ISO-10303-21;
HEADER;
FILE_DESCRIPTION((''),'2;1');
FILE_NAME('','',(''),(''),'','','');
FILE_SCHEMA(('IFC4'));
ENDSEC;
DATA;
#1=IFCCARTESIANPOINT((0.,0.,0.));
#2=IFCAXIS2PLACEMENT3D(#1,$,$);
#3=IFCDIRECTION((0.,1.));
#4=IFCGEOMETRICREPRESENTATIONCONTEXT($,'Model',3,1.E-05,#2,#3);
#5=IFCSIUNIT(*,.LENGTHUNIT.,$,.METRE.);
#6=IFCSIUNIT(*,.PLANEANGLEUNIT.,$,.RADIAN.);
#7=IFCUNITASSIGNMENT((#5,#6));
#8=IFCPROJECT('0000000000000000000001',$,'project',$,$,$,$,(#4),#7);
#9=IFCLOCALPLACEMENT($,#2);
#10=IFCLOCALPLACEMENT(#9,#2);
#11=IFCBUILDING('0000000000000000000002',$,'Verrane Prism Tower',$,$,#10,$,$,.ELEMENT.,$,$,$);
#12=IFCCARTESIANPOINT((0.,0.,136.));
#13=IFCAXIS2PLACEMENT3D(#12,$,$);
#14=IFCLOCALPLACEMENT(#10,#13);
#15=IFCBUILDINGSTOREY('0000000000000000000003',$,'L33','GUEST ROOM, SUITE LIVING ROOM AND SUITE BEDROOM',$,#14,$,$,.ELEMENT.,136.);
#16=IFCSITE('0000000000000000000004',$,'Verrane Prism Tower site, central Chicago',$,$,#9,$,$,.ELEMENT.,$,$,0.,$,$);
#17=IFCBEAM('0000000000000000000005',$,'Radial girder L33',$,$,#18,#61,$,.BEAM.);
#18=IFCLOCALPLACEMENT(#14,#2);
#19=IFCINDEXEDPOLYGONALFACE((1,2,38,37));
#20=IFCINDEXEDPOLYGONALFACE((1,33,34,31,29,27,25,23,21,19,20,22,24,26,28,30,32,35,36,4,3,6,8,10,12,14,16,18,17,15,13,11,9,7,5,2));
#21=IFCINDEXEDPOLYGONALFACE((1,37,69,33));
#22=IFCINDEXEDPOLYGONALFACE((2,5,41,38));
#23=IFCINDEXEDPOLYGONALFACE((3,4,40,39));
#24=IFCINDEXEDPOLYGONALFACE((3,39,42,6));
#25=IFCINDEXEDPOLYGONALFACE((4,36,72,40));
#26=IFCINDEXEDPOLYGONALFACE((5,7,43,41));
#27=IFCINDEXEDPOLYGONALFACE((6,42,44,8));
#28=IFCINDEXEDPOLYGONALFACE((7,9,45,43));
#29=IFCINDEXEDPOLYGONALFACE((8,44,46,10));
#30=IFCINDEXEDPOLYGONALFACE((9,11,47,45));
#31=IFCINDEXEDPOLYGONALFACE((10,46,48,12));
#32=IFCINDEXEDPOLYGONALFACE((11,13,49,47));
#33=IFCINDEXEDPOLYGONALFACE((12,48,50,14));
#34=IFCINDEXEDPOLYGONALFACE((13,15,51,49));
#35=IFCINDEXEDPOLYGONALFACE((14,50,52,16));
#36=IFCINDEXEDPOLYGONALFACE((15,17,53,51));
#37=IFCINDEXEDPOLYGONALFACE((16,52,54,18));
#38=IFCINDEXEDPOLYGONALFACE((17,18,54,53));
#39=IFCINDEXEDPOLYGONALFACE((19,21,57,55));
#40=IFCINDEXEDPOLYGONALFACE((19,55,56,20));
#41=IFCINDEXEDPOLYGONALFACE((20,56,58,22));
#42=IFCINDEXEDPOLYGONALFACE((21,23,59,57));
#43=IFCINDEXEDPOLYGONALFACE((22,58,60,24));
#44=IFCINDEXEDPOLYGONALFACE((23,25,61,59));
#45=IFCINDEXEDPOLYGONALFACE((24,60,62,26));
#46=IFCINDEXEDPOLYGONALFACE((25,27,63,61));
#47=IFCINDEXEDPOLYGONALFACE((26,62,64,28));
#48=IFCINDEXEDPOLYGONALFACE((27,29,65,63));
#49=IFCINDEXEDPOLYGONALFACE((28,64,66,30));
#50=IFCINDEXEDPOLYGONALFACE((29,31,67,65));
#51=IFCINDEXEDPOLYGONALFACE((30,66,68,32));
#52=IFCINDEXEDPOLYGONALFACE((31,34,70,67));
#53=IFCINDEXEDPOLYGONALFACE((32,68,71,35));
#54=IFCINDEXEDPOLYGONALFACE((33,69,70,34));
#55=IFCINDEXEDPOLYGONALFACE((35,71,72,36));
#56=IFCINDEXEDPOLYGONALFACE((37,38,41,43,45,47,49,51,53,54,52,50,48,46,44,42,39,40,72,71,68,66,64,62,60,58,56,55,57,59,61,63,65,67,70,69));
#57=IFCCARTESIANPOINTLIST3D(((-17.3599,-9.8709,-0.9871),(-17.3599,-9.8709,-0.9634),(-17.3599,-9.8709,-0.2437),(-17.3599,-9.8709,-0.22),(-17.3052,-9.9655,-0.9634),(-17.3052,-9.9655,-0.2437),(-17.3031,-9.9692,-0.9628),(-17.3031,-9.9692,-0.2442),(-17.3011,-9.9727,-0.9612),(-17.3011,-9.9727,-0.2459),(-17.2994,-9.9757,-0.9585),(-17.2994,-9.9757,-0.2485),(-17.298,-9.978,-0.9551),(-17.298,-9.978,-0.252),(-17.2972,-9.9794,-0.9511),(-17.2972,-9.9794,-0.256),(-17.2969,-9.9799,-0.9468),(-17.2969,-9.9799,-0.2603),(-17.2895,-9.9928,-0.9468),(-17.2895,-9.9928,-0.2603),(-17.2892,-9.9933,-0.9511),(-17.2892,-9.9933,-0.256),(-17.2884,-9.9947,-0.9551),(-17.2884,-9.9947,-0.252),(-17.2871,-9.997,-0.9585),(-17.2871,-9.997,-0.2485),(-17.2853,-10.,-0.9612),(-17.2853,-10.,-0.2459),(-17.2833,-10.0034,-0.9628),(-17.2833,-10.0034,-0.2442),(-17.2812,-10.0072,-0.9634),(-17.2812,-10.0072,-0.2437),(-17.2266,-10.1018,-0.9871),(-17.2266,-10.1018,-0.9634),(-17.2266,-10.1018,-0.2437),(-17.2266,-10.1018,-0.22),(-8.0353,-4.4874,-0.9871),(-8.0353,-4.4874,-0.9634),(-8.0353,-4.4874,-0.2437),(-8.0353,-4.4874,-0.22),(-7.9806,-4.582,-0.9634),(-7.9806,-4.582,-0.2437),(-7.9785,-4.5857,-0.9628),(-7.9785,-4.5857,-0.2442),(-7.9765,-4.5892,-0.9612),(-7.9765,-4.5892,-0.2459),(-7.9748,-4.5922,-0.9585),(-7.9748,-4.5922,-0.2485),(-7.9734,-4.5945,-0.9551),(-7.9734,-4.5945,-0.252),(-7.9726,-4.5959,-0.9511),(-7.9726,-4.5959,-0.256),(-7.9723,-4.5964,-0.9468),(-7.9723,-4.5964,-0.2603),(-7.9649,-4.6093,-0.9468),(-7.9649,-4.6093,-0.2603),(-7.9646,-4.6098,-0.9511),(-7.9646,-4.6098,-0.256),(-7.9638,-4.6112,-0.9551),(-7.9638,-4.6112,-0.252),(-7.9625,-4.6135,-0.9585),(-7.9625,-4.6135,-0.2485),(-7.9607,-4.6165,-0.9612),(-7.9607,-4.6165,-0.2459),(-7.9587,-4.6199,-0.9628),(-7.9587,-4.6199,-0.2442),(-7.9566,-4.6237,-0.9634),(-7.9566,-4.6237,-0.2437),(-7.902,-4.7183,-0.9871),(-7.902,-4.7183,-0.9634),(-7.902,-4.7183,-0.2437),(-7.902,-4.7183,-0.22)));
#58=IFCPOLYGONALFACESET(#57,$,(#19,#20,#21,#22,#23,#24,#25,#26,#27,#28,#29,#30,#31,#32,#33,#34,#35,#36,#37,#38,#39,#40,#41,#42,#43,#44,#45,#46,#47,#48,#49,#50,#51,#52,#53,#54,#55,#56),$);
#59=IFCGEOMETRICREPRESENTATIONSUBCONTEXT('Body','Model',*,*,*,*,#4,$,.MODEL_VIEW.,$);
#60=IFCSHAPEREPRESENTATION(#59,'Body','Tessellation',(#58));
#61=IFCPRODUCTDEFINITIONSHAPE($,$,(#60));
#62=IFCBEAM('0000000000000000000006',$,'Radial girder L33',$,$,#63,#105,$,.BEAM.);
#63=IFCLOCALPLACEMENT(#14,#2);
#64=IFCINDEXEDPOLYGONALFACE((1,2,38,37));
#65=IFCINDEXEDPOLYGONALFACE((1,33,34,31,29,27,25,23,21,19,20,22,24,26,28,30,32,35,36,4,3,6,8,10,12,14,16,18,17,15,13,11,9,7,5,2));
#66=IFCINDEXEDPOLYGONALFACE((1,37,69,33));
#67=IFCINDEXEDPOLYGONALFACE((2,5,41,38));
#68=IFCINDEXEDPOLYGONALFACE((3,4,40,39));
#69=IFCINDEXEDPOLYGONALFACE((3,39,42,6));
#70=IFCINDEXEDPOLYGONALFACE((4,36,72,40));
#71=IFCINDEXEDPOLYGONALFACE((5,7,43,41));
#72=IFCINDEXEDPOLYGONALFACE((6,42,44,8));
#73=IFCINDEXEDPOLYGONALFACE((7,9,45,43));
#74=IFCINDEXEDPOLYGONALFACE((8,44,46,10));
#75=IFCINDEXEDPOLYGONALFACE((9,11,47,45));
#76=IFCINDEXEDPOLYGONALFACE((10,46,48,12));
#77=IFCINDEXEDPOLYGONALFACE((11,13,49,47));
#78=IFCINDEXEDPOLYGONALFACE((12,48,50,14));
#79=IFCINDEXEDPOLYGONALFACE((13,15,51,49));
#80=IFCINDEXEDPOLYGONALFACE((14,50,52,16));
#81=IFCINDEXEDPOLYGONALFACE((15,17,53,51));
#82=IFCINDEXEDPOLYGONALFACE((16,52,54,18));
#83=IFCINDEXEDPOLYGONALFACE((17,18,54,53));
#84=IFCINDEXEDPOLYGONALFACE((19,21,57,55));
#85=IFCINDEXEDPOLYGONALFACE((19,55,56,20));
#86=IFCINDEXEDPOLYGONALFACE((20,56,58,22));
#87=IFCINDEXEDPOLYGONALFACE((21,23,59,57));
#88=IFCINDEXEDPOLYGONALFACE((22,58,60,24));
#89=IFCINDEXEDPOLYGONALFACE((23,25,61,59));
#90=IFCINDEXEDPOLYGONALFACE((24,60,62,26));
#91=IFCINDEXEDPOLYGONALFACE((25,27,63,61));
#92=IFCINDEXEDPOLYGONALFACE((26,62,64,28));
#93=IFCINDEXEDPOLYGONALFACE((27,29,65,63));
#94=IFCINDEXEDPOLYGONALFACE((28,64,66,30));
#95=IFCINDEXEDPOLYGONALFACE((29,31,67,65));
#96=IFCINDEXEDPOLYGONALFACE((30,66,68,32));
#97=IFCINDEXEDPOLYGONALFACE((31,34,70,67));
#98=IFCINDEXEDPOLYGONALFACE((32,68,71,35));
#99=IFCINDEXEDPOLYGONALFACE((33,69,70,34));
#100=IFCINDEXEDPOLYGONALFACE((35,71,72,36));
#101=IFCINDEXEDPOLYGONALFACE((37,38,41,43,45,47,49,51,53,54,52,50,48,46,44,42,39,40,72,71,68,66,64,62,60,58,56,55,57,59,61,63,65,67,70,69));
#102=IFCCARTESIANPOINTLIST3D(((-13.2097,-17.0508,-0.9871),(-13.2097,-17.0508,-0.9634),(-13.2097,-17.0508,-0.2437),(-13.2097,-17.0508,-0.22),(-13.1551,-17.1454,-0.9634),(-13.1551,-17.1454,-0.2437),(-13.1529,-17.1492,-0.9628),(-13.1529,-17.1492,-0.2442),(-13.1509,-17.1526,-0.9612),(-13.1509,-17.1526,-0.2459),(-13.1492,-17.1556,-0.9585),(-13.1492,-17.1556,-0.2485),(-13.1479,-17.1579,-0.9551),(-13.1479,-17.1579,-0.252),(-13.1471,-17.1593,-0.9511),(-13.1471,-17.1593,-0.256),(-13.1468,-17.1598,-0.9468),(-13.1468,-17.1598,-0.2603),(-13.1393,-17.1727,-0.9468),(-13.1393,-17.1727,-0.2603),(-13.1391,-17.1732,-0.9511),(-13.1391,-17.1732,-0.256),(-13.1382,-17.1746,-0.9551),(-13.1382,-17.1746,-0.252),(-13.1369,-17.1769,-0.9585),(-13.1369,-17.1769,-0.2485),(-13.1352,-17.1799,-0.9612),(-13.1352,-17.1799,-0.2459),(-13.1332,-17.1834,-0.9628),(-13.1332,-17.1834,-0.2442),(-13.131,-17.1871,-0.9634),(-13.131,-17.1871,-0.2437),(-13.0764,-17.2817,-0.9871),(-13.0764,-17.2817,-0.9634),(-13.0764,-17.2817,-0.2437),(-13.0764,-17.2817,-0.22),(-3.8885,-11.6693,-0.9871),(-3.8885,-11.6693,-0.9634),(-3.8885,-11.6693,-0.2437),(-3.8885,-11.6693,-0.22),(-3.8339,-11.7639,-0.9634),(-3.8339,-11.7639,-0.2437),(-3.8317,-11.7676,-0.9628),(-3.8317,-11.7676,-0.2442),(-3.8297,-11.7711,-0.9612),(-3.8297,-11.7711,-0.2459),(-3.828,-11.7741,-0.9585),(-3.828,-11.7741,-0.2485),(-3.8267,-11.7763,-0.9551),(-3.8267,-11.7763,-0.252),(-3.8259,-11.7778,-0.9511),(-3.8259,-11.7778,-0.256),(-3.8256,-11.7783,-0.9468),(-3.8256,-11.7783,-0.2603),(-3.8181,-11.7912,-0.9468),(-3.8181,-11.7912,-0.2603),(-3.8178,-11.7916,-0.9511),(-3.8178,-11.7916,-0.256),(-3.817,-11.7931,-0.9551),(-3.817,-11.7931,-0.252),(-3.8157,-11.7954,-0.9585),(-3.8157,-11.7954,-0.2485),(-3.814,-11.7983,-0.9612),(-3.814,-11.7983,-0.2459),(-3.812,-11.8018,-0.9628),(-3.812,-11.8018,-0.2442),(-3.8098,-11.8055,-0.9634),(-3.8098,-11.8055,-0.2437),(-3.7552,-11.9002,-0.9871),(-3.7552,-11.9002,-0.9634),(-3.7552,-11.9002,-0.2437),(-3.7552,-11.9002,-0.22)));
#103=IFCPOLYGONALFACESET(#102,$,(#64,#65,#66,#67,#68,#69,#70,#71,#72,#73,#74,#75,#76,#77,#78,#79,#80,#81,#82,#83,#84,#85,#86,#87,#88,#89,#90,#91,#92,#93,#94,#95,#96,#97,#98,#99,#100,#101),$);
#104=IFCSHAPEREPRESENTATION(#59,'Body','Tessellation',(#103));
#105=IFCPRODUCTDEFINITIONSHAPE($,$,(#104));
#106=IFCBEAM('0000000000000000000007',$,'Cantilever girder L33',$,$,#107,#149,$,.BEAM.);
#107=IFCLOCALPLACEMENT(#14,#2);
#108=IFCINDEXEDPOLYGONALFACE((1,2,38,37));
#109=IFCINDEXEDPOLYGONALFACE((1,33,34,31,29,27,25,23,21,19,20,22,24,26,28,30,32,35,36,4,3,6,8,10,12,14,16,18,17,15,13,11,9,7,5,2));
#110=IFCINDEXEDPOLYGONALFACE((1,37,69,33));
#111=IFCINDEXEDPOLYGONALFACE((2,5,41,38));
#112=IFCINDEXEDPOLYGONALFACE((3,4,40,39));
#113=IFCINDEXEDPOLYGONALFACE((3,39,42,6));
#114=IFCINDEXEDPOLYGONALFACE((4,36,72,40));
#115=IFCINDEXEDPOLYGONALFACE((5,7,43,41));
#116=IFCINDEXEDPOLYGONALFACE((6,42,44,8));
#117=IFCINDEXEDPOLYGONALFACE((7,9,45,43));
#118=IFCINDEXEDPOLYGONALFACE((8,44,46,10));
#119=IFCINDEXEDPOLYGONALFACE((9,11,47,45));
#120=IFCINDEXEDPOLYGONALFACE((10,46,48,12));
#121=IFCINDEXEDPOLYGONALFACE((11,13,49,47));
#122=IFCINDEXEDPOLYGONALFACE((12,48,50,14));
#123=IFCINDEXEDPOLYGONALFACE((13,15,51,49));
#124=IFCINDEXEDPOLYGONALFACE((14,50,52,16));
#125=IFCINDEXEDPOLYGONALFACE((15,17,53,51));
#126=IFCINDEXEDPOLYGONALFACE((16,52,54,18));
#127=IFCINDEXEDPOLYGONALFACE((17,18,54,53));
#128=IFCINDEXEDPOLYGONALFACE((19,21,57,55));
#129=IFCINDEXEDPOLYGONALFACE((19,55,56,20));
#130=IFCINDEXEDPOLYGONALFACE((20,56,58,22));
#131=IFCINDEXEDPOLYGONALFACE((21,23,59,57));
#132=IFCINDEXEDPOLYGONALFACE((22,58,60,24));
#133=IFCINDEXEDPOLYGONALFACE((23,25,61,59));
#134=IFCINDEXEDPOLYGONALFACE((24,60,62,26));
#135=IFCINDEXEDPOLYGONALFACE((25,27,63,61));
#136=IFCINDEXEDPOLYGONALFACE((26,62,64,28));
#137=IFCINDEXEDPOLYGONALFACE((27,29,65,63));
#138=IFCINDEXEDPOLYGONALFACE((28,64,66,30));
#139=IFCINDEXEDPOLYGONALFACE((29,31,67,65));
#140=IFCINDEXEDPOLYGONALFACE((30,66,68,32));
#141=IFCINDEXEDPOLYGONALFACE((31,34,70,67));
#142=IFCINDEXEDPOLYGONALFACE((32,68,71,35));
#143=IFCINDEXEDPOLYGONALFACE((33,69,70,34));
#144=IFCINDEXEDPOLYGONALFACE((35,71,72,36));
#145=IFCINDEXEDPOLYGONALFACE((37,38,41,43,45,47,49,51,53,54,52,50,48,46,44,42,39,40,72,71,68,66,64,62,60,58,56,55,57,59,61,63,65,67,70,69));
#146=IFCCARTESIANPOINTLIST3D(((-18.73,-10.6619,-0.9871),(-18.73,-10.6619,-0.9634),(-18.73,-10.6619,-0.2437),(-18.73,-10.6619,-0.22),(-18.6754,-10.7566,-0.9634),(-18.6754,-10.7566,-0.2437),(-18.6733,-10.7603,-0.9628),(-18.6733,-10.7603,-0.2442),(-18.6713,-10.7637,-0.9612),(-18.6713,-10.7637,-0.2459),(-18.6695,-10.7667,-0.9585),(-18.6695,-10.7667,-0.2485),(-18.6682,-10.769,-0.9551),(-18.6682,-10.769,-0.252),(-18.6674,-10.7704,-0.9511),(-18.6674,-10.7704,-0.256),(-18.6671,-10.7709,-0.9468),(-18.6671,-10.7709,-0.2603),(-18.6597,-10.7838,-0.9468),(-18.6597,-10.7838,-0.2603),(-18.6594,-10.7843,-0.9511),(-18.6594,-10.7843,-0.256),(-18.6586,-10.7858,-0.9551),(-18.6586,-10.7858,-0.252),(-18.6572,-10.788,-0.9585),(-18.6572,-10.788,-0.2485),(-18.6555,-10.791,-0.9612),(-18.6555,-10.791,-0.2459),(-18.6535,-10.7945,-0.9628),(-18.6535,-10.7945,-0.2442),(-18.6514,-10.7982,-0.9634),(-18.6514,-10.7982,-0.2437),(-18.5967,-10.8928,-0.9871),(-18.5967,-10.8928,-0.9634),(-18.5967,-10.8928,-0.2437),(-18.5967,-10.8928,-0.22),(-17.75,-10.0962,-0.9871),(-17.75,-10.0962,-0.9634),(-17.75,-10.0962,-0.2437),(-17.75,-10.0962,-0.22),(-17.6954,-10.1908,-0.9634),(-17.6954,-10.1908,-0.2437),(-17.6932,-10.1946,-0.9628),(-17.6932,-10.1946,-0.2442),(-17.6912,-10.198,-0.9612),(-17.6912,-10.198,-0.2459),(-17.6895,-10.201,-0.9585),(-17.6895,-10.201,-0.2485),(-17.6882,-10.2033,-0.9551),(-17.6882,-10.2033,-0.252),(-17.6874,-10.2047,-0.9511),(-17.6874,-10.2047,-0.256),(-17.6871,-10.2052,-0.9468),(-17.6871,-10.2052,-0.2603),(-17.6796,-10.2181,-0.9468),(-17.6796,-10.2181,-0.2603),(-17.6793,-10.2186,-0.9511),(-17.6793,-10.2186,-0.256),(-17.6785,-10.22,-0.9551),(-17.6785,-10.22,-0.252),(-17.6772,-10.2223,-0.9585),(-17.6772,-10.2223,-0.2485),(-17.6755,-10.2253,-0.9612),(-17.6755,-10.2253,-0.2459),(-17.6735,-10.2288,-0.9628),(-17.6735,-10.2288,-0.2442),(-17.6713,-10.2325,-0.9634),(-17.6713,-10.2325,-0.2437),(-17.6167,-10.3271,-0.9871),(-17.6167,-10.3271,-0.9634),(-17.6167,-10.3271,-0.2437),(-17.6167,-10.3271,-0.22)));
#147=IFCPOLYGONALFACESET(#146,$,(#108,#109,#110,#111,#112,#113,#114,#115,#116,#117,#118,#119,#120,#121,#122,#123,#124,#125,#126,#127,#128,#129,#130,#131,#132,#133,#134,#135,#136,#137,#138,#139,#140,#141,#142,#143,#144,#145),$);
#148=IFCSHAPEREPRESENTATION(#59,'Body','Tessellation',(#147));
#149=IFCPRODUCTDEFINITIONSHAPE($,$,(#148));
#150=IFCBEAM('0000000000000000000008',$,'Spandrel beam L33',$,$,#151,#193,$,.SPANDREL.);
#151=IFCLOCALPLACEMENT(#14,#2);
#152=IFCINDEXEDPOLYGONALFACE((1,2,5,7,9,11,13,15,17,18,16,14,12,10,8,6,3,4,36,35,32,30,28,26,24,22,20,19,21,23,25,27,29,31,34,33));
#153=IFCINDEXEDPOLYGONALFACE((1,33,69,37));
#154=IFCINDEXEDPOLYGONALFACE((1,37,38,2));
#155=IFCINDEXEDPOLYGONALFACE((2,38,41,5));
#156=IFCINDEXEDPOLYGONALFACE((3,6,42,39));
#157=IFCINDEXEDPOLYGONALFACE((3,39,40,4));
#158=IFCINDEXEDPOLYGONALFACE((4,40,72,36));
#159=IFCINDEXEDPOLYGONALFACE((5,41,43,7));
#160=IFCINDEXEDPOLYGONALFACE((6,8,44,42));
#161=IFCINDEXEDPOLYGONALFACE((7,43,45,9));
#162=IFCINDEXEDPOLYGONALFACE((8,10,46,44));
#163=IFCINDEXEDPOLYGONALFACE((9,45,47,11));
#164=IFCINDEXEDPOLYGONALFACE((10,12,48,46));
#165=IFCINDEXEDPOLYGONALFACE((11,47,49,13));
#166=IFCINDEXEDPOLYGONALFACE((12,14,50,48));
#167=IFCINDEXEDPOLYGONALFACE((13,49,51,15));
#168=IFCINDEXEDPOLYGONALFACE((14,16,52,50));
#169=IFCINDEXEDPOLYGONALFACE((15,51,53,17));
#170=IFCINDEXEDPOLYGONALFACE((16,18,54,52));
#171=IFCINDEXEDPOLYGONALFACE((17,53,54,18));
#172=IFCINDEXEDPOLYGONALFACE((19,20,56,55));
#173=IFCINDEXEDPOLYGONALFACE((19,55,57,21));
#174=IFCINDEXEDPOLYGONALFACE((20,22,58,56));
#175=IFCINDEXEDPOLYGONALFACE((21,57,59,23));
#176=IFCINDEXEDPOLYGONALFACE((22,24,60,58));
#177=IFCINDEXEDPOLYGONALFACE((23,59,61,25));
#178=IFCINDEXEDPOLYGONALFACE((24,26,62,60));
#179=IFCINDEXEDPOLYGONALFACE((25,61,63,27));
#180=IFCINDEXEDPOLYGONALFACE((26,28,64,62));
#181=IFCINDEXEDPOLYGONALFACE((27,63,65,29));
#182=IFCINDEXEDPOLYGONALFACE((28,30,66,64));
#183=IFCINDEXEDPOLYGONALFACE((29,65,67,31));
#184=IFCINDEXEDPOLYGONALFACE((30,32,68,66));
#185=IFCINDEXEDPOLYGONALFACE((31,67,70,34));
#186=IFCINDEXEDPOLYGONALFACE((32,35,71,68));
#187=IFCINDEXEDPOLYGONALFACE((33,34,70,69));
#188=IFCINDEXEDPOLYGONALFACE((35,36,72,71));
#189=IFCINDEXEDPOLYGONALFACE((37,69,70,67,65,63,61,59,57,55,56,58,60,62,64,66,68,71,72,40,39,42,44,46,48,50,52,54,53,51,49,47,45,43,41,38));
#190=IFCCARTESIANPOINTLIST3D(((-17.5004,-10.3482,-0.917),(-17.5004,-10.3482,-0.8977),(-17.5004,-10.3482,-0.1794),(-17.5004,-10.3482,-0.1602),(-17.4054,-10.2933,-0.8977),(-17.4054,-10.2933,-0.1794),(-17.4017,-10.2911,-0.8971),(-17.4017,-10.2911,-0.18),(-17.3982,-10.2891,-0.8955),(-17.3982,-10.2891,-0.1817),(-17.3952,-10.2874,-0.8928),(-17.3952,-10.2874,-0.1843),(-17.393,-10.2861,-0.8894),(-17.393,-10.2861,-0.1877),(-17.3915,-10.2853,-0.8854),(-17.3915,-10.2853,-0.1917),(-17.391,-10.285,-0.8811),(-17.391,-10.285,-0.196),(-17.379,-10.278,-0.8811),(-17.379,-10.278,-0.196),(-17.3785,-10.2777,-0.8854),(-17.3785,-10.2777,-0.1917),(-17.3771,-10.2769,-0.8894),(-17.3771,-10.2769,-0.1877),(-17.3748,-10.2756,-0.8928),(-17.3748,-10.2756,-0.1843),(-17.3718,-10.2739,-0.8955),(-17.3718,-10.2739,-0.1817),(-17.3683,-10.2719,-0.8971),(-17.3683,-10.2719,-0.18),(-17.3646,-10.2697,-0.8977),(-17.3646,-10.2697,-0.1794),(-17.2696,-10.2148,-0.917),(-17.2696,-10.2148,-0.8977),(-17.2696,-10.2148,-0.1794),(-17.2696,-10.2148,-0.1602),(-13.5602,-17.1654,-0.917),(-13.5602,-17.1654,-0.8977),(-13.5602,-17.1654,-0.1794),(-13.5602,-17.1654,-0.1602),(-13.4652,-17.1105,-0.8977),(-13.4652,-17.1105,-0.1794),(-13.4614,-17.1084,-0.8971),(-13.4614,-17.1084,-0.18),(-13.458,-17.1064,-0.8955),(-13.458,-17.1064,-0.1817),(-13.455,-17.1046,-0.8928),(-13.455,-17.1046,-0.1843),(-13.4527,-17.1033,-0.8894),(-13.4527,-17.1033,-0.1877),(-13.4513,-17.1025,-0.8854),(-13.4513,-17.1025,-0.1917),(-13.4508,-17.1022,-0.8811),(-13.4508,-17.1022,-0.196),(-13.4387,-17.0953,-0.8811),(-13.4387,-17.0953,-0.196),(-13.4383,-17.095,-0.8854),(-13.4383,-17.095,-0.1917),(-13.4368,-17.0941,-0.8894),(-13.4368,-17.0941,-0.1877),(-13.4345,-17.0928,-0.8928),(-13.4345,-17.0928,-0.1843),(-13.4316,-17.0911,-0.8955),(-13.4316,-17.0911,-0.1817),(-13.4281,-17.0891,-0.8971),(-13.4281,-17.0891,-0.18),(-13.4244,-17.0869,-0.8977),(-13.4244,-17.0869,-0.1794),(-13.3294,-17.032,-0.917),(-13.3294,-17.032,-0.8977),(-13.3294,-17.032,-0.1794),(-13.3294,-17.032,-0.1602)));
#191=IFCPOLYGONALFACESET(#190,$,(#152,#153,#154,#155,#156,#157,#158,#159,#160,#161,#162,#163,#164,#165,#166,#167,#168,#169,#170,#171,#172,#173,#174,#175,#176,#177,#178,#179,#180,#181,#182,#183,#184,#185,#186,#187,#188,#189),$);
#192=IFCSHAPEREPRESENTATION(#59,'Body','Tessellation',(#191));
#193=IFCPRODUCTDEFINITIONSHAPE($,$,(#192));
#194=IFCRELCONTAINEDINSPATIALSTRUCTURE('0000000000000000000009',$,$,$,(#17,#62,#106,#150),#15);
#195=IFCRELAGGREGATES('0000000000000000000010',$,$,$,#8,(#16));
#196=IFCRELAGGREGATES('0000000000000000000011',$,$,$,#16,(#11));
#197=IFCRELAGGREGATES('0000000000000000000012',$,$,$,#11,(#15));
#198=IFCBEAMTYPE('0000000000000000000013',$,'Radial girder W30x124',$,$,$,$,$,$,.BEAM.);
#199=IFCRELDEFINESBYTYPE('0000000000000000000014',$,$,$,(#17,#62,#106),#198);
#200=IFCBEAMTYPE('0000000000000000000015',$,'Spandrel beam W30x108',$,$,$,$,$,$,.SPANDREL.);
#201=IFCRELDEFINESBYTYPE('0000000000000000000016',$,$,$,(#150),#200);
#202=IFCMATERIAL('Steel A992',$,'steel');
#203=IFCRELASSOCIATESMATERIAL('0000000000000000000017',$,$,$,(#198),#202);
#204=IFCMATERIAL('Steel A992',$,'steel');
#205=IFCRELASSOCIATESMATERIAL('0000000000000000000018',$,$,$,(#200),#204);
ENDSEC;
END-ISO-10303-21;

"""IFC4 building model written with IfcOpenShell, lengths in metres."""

from ifc_helpers import new_model, si_unit, direction, frame, origin, origin_2d, place, context, subcontext, project, spatial, i_section, extrude, material, material_profile, profile_set, type_object, element, save


model = new_model("IFC4")

# Units and contexts
model_context = context("Model", 3, precision=1e-05, world=origin(), true_north=direction((0.0, 1.0)))
body_context = subcontext(model_context, "Body", "Model", "MODEL_VIEW")
ifc_project = project(units=[si_unit("LENGTHUNIT", "METRE"), si_unit("PLANEANGLEUNIT", "RADIAN")], contexts=[model_context])

# Site, building, storey
site_placement = place(None, origin())
site = spatial("IfcSite", under=ifc_project, at=site_placement, Name="Verrane Prism Tower site, central Chicago", CompositionType="ELEMENT", RefElevation=0.0)
building_placement = place(site_placement, origin())
building = spatial("IfcBuilding", under=site, at=building_placement, Name="Verrane Prism Tower", CompositionType="ELEMENT")
storey_placement = place(building_placement, frame((0.0, 0.0, 136.0)))
storey = spatial("IfcBuildingStorey", under=building, at=storey_placement, Name="L33", Description="GUEST ROOM, SUITE LIVING ROOM AND SUITE BEDROOM", CompositionType="ELEMENT", Elevation=136.0)

# Beams
ifc_material_1 = material(Name="Steel A992", Category="steel")
ifc_material_profile_1 = material_profile(ifc_material_1, i_section(OverallWidth=0.2666, OverallDepth=0.7671, WebThickness=0.0149, FlangeThickness=0.0237, FilletRadius=0.0166, at=origin_2d()), Name="W30x124")
ifc_profile_set_1 = profile_set([ifc_material_profile_1], Name="Steel A992")
beam_type_1 = type_object("IfcBeamType", Name="Radial girder W30x124", PredefinedType="BEAM", material=ifc_profile_set_1)
beam_1_placement = place(storey_placement, frame((-17.2932, -9.9863, -0.6035), z_axis=(0.866029, 0.499995, 0.0), x_axis=(-0.499995, 0.866029, 0.0)))
element("IfcBeam", 1, at=beam_1_placement, inside=storey, type_object=beam_type_1, Name="Radial girder L33", PredefinedType="BEAM", context=body_context, shape_type="SweptSolid", body=[
    extrude(i_section(OverallWidth=0.2666, OverallDepth=0.7671, WebThickness=0.0149, FlangeThickness=0.0237, FilletRadius=0.0166, at=origin_2d()), origin(), (0.0, 0.0, 1.0), 10.7671),
])
beam_2_placement = place(storey_placement, frame((-13.1431, -17.1663, -0.6035), z_axis=(0.866028, 0.499996, 0.0), x_axis=(-0.499996, 0.866028, 0.0)))
element("IfcBeam", 2, at=beam_2_placement, inside=storey, type_object=beam_type_1, Name="Radial girder L33", PredefinedType="BEAM", context=body_context, shape_type="SweptSolid", body=[
    extrude(i_section(OverallWidth=0.2666, OverallDepth=0.7671, WebThickness=0.0149, FlangeThickness=0.0237, FilletRadius=0.0166, at=origin_2d()), origin(), (0.0, 0.0, 1.0), 10.7632),
])
beam_3_placement = place(storey_placement, frame((-17.6833, -10.2117, -0.6035), z_axis=(-0.866071, -0.499922, 0.0), x_axis=(0.499922, -0.866071, 0.0)))
element("IfcBeam", 3, at=beam_3_placement, inside=storey, type_object=beam_type_1, Name="Cantilever girder L33", PredefinedType="BEAM", context=body_context, shape_type="SweptSolid", body=[
    extrude(i_section(OverallWidth=0.2666, OverallDepth=0.7671, WebThickness=0.0149, FlangeThickness=0.0237, FilletRadius=0.0166, at=origin_2d()), origin(), (0.0, 0.0, 1.0), 1.1316),
])
ifc_material_2 = material(Name="Steel A992", Category="steel")
ifc_material_profile_2 = material_profile(ifc_material_2, i_section(OverallWidth=0.2666, OverallDepth=0.7568, WebThickness=0.0139, FlangeThickness=0.0193, FilletRadius=0.0166, at=origin_2d()), Name="W30x108")
ifc_profile_set_2 = profile_set([ifc_material_profile_2], Name="Steel A992")
beam_type_2 = type_object("IfcBeamType", Name="Spandrel beam W30x108", PredefinedType="SPANDREL", material=ifc_profile_set_2)
for number, where, z_axis, x_axis, name in (
    (4, (-17.385, -10.2815, -0.5386), (0.50041, -0.865788, 0.0), (0.865788, 0.50041, 0.0), "Spandrel beam L33"),
):
    element("IfcBeam", number, at=place(storey_placement, frame(where, z_axis=z_axis, x_axis=x_axis)), inside=storey, type_object=beam_type_2, Name=name, PredefinedType="SPANDREL", context=body_context, shape_type="SweptSolid", body=[
        extrude(i_section(OverallWidth=0.2666, OverallDepth=0.7568, WebThickness=0.0139, FlangeThickness=0.0193, FilletRadius=0.0166, at=origin_2d()), origin(), (0.0, 0.0, 1.0), 7.874),
    ])

save(model, "model.ifc")
